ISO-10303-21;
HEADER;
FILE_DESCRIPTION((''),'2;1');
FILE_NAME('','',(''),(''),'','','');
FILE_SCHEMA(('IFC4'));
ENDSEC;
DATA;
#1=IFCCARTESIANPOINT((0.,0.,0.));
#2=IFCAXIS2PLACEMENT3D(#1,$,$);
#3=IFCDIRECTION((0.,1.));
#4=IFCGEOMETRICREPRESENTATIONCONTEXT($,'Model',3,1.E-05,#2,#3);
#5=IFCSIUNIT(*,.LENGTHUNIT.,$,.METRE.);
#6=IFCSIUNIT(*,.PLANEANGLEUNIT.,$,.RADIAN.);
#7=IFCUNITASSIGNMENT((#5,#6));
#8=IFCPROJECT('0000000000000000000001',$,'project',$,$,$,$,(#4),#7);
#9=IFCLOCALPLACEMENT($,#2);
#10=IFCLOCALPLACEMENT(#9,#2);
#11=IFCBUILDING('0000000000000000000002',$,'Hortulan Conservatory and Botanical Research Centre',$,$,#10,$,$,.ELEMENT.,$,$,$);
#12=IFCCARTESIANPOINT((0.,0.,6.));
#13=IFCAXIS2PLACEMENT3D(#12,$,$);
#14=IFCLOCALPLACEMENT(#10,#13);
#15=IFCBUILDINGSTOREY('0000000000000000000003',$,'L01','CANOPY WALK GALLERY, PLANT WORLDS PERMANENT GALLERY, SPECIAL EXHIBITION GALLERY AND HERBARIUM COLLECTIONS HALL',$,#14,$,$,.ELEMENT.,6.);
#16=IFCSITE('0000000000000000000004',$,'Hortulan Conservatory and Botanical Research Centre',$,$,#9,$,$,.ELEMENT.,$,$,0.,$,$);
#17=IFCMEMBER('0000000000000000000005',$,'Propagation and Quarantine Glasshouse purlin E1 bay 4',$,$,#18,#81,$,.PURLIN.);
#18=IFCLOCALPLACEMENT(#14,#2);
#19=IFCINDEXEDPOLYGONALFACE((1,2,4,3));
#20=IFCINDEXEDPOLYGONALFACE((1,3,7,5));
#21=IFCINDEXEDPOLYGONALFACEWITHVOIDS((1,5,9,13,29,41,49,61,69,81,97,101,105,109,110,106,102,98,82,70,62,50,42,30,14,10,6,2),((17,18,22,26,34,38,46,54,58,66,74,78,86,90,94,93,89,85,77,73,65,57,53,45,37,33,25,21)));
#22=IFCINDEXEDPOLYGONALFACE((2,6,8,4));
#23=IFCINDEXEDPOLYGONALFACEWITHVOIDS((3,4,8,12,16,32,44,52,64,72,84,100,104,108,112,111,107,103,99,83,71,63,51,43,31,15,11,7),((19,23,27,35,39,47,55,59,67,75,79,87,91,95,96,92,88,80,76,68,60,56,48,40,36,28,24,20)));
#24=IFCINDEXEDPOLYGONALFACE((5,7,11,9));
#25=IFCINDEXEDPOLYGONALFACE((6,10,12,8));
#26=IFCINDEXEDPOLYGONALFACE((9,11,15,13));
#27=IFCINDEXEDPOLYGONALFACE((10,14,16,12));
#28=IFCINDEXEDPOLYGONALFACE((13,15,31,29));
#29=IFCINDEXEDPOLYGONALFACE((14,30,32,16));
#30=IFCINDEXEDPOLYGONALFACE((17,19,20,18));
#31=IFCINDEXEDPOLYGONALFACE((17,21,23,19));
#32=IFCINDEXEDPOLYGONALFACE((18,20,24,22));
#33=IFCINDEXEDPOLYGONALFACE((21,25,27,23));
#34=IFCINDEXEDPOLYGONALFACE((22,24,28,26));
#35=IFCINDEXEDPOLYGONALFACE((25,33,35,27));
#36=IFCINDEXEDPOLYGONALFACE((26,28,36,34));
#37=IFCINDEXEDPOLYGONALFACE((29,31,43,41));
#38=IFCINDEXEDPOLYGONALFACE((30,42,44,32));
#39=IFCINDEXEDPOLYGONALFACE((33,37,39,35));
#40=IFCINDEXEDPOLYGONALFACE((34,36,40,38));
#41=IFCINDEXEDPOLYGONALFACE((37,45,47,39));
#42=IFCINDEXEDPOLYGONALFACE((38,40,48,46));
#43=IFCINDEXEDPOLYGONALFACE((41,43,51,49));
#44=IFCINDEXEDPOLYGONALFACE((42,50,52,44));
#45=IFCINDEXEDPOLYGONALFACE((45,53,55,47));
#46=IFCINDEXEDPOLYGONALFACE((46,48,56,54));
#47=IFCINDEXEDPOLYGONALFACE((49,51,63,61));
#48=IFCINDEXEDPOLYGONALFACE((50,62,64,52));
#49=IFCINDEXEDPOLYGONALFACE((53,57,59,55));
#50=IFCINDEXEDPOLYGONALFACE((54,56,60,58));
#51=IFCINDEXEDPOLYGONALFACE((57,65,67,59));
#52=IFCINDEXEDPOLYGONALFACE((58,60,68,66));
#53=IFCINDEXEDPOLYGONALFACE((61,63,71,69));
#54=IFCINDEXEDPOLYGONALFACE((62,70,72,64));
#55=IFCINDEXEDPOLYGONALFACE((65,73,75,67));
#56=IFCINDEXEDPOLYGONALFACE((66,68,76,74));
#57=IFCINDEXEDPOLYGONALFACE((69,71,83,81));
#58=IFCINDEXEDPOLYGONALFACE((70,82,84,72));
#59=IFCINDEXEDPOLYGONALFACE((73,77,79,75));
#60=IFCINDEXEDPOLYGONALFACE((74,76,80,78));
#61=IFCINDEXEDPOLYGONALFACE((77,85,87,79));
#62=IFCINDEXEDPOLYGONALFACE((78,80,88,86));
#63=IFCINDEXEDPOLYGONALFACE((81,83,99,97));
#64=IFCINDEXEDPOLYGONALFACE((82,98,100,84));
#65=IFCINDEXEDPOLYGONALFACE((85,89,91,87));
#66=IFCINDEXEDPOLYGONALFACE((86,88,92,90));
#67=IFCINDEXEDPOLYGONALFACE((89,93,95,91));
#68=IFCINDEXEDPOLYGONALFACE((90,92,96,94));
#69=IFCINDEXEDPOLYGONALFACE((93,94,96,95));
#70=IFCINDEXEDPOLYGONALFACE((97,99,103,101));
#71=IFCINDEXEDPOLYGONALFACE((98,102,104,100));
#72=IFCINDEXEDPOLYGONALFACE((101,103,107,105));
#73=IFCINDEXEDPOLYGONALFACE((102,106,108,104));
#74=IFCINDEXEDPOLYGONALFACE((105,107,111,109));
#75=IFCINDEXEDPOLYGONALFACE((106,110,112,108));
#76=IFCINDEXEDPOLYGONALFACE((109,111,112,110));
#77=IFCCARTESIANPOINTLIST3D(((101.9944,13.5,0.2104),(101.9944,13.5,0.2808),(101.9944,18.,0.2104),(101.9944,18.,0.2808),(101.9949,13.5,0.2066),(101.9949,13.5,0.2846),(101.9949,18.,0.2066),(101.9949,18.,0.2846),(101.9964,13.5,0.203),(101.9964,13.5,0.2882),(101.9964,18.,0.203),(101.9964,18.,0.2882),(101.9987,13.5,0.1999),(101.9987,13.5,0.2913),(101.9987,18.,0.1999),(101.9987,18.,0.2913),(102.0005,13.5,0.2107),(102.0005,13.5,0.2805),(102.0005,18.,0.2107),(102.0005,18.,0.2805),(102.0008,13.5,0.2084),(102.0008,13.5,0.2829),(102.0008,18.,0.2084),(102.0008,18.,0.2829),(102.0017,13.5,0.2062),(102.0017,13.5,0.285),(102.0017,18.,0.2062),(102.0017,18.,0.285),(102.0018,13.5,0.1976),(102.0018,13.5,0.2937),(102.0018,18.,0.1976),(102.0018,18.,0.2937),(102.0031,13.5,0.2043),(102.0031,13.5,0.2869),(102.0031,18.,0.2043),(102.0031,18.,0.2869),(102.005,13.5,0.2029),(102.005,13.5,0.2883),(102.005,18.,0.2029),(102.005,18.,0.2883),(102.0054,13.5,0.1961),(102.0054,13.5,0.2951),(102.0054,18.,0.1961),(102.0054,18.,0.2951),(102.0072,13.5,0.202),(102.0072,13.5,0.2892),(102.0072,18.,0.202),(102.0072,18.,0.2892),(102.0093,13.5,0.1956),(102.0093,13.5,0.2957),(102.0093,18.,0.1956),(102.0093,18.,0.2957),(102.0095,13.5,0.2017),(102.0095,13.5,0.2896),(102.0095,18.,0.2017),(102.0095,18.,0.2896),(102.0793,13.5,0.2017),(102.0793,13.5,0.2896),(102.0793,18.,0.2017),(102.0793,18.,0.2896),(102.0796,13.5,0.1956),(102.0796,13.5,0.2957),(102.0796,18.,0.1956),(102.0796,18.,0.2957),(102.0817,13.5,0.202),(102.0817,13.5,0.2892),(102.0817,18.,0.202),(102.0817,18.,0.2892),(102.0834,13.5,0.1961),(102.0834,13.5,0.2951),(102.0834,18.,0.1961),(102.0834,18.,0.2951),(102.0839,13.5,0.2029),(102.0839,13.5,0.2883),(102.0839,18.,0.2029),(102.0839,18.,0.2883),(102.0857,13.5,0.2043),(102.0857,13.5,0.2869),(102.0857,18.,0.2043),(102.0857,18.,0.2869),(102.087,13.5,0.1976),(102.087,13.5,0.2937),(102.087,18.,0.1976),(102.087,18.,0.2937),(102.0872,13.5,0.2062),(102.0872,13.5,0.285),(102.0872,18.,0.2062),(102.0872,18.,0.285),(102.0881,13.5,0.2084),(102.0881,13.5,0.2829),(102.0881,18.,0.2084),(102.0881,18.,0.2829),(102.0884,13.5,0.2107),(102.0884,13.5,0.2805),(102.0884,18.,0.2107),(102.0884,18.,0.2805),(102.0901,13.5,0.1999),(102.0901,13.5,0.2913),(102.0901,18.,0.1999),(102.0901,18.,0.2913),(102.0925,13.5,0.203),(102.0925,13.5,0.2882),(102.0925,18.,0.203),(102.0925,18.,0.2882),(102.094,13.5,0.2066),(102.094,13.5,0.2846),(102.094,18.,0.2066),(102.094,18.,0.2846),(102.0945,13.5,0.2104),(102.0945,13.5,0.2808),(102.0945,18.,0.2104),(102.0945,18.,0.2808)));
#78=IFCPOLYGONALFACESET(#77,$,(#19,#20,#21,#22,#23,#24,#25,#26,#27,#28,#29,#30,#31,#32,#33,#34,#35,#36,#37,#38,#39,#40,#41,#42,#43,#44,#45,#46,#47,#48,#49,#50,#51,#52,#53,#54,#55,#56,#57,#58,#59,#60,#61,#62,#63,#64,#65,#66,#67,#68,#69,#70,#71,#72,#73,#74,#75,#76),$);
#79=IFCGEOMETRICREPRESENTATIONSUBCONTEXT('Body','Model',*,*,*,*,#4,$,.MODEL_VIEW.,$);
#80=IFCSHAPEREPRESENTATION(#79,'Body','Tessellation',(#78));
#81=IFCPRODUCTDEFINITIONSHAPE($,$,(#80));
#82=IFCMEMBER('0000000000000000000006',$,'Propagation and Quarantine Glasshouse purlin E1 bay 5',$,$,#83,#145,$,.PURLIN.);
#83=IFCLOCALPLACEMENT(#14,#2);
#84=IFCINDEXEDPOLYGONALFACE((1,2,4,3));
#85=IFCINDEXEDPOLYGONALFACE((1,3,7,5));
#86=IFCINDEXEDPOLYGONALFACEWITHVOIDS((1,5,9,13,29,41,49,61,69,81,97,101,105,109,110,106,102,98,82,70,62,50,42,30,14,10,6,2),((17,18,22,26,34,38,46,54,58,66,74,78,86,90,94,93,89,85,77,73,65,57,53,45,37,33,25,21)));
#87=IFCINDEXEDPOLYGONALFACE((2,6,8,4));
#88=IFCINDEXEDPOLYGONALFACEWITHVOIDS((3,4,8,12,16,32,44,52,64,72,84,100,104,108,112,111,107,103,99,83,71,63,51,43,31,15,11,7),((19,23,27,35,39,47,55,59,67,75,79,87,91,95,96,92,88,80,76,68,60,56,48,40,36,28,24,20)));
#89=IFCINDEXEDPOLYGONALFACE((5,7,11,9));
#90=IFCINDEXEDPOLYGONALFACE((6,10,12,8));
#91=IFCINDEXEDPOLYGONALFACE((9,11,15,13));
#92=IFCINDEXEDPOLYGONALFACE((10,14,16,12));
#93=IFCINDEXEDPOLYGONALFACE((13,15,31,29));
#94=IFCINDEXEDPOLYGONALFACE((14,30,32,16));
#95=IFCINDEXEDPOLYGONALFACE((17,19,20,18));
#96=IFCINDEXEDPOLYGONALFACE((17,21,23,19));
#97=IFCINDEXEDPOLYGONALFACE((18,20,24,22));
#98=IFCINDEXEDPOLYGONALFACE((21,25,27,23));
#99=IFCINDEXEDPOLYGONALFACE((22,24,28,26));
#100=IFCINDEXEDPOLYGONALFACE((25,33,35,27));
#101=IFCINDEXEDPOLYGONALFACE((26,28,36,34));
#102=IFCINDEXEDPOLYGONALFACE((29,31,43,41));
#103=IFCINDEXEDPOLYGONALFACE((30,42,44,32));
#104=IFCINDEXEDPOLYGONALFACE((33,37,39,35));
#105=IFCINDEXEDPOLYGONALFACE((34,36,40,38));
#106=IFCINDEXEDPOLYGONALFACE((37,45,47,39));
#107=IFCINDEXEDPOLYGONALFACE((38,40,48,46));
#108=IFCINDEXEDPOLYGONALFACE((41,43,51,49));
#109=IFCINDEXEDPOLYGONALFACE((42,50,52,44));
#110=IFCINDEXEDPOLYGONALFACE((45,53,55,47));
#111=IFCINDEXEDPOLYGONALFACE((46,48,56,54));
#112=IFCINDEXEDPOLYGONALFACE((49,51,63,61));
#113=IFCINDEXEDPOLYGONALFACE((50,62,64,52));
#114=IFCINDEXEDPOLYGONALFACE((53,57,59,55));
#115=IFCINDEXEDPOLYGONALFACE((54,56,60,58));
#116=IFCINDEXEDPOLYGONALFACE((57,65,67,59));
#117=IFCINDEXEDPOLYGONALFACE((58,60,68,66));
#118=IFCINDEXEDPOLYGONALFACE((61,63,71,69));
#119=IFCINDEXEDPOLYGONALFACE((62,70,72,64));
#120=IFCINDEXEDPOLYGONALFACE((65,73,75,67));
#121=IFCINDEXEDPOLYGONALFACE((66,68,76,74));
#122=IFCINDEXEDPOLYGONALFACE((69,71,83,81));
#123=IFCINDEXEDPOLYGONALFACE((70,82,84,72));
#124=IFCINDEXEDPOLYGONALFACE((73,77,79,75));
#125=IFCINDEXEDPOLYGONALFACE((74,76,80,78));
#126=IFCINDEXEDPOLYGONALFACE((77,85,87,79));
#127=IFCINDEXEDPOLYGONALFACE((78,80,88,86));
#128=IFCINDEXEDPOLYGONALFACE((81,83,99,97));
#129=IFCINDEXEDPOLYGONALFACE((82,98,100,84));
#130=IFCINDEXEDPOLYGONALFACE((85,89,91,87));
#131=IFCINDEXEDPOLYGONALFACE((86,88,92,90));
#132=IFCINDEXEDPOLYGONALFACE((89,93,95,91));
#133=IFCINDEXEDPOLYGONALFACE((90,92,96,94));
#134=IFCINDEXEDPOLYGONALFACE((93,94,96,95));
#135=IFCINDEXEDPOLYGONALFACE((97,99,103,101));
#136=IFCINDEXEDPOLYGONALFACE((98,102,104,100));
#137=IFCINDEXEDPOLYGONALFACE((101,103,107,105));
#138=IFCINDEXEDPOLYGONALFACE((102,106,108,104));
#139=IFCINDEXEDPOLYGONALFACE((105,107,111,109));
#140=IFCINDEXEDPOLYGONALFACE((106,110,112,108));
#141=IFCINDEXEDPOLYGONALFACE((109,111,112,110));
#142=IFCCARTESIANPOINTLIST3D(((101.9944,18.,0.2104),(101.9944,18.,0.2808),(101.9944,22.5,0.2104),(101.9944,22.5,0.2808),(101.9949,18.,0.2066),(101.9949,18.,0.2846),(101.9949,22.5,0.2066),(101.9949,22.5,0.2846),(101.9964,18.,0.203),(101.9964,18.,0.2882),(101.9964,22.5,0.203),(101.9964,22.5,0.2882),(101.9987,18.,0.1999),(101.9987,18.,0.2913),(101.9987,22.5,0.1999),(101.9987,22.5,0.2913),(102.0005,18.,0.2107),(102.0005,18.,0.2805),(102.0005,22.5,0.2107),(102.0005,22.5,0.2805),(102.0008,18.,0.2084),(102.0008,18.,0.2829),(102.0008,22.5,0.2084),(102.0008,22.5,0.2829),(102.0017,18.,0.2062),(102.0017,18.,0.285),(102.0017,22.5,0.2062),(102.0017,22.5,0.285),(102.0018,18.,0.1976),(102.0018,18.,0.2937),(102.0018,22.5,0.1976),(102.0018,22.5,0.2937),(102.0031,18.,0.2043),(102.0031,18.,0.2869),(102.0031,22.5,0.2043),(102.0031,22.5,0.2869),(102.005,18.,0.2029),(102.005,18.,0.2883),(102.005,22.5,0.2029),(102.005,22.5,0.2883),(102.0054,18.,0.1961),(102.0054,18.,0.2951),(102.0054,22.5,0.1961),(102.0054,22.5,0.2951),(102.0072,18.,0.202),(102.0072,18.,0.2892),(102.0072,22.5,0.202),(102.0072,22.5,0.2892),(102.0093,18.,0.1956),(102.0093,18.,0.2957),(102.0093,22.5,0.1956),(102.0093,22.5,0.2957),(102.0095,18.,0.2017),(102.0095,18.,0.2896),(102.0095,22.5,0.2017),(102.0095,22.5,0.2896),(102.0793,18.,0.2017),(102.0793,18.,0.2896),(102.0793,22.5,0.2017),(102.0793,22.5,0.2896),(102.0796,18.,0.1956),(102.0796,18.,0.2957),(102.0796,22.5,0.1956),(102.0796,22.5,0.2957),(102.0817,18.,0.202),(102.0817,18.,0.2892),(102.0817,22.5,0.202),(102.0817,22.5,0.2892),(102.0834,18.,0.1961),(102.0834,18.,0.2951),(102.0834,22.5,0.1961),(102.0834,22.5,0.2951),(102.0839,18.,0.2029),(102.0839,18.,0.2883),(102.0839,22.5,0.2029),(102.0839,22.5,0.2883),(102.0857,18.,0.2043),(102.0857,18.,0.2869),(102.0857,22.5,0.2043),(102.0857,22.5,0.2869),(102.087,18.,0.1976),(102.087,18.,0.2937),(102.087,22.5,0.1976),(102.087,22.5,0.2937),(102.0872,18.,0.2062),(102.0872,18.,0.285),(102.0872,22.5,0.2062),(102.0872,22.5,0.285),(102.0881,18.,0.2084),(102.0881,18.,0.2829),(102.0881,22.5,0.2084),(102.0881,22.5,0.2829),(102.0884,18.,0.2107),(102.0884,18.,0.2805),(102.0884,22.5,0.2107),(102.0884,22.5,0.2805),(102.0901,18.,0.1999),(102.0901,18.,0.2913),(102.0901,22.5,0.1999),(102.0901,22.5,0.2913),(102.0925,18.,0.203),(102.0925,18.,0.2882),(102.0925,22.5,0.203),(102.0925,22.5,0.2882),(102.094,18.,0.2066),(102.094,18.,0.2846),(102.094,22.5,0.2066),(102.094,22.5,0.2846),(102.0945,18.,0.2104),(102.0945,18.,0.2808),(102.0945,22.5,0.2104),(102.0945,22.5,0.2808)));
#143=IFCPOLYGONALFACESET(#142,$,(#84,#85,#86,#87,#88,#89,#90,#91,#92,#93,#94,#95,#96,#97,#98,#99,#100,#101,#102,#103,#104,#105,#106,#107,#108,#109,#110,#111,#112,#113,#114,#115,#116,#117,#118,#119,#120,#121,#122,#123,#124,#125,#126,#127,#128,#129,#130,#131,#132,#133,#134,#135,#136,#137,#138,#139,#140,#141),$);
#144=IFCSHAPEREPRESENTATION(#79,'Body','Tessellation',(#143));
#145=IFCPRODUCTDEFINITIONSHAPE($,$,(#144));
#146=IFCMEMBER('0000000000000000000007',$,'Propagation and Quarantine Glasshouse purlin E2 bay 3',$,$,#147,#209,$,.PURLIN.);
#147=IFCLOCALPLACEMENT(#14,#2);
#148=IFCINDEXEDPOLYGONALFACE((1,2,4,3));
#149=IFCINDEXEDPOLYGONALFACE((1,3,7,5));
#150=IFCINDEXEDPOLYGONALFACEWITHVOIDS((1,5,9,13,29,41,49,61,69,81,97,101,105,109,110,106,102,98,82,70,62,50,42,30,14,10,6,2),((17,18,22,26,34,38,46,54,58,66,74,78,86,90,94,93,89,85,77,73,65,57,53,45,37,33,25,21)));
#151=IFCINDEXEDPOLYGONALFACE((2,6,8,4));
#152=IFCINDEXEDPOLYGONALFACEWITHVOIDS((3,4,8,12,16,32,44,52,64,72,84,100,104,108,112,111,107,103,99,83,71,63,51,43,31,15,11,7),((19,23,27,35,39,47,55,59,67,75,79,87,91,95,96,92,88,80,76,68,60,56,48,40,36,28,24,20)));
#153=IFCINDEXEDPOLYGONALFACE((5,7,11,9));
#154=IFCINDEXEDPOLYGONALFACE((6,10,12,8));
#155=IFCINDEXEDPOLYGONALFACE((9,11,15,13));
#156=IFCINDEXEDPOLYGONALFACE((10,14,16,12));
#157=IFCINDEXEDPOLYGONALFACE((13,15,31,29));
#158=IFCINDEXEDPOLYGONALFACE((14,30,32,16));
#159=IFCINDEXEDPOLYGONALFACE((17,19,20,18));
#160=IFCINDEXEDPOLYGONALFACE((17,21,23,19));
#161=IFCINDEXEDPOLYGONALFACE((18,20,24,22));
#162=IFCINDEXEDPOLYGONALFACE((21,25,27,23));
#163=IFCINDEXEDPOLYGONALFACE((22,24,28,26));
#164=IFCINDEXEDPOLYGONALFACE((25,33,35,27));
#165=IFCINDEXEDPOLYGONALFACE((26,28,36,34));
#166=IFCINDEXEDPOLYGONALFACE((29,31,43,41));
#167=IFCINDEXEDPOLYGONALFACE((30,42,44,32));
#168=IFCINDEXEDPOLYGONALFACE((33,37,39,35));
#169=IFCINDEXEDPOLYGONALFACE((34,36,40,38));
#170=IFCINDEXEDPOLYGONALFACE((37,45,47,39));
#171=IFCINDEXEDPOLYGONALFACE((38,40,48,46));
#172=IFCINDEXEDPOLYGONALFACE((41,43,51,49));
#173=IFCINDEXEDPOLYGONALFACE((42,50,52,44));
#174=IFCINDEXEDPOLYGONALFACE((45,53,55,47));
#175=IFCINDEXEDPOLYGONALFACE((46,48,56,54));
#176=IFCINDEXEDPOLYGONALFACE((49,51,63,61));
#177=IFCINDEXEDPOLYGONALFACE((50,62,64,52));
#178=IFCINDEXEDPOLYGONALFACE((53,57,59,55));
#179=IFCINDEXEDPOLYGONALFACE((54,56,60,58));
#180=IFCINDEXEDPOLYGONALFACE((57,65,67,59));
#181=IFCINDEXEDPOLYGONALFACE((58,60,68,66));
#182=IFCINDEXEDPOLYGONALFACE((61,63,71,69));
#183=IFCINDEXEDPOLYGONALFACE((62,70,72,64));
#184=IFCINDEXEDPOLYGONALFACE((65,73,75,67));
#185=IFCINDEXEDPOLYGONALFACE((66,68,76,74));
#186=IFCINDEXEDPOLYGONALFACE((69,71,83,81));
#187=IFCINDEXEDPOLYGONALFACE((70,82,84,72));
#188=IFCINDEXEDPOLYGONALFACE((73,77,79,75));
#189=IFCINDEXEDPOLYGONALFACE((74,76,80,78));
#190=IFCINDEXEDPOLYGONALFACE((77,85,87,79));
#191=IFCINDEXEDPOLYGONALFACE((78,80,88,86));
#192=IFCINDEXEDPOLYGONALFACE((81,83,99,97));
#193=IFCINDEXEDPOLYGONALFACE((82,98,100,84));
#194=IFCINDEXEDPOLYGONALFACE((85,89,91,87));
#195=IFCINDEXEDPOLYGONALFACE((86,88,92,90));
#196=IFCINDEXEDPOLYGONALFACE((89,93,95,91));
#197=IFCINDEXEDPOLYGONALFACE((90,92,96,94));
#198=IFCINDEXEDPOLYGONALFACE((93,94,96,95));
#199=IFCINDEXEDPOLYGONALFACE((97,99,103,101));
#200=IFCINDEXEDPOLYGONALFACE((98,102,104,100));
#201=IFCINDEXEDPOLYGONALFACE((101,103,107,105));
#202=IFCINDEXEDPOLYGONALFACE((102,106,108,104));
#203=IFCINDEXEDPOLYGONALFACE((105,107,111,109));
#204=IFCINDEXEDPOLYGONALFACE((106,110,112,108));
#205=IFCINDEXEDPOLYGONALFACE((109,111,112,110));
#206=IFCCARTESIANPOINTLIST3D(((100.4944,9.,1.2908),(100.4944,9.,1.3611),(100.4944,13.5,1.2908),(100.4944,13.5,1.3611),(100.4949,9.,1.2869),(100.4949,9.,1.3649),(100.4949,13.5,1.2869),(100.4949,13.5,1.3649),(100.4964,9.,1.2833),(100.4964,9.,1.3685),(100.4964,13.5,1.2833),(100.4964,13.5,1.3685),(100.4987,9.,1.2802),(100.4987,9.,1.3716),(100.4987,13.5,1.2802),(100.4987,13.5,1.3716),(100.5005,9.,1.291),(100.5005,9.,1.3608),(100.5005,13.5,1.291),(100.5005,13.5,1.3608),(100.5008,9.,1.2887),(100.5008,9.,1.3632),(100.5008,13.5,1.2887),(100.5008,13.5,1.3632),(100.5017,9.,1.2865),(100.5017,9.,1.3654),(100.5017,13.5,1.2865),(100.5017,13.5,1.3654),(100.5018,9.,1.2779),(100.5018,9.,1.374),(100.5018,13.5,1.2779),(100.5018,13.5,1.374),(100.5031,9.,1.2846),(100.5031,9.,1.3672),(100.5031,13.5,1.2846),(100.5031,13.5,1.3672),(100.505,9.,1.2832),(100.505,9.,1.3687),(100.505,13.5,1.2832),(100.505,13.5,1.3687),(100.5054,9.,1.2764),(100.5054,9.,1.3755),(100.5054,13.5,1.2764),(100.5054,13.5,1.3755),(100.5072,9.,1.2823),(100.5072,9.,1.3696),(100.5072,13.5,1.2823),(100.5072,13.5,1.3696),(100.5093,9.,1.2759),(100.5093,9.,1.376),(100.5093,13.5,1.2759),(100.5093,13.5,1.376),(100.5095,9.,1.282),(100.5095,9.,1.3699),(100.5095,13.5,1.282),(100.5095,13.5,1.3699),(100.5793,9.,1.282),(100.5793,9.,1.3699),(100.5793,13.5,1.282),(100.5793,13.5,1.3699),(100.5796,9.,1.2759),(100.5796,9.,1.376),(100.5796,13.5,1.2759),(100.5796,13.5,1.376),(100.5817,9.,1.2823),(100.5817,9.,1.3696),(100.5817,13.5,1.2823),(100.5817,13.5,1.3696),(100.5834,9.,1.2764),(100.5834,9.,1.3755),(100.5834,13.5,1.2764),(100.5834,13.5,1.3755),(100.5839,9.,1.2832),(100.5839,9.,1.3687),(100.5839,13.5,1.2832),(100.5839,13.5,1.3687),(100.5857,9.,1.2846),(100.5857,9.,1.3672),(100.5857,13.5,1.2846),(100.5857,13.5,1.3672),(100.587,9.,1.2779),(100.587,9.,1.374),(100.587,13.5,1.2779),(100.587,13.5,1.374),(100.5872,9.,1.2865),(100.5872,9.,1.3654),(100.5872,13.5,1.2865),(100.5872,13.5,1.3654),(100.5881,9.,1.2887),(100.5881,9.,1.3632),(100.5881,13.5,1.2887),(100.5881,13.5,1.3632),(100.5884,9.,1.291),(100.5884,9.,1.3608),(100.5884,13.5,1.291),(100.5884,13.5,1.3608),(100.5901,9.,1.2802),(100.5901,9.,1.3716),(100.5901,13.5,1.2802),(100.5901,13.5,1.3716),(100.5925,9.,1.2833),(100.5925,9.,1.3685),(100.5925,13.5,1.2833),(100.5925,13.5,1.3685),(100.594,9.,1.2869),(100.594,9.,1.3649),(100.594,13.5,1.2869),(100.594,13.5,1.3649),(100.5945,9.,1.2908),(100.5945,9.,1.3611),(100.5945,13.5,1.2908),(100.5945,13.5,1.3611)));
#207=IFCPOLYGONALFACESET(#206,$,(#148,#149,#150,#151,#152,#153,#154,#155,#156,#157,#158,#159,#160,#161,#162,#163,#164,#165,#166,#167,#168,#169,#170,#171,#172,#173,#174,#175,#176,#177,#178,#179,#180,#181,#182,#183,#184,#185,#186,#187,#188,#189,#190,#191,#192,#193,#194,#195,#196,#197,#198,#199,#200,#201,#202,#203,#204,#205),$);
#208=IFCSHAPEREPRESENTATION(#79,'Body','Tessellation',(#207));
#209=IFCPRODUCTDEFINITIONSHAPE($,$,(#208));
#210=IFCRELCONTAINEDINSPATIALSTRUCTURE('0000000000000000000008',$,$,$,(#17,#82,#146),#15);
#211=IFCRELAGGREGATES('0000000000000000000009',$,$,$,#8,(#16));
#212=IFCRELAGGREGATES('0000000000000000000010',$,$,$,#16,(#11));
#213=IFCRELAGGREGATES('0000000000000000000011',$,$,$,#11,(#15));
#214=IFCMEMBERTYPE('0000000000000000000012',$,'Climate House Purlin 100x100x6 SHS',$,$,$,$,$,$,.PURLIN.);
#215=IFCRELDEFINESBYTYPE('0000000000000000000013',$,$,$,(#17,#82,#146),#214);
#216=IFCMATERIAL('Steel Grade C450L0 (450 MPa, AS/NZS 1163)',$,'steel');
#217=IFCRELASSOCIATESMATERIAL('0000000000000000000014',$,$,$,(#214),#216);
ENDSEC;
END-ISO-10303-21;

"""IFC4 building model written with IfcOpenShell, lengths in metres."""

from ifc_helpers import new_model, si_unit, direction, frame, origin, origin_2d, place, context, subcontext, project, spatial, hollow_rectangle, extrude, material, material_profile, profile_set, type_object, element, save


model = new_model("IFC4")

# Units and contexts
model_context = context("Model", 3, precision=1e-05, world=origin(), true_north=direction((0.0, 1.0)))
body_context = subcontext(model_context, "Body", "Model", "MODEL_VIEW")
ifc_project = project(units=[si_unit("LENGTHUNIT", "METRE"), si_unit("PLANEANGLEUNIT", "RADIAN")], contexts=[model_context])

# Site, building, storey
site_placement = place(None, origin())
site = spatial("IfcSite", under=ifc_project, at=site_placement, Name="Hortulan Conservatory and Botanical Research Centre", CompositionType="ELEMENT", RefElevation=0.0)
building_placement = place(site_placement, origin())
building = spatial("IfcBuilding", under=site, at=building_placement, Name="Hortulan Conservatory and Botanical Research Centre", CompositionType="ELEMENT")
storey_placement = place(building_placement, frame((0.0, 0.0, 6.0)))
storey = spatial("IfcBuildingStorey", under=building, at=storey_placement, Name="L01", Description="CANOPY WALK GALLERY, PLANT WORLDS PERMANENT GALLERY, SPECIAL EXHIBITION GALLERY AND HERBARIUM COLLECTIONS HALL", CompositionType="ELEMENT", Elevation=6.0)

# Members
ifc_material_1 = material(Name="Steel Grade C450L0 (450 MPa, AS/NZS 1163)", Category="steel")
ifc_material_profile_1 = material_profile(ifc_material_1, hollow_rectangle(XDim=0.1001, YDim=0.1001, WallThickness=0.0061, InnerFilletRadius=0.009, OuterFilletRadius=0.0149, at=origin_2d()), Name="100x100x6SHS")
ifc_profile_set_1 = profile_set([ifc_material_profile_1], Name="Steel Grade C450L0 (450 MPa, AS/NZS 1163)")
member_type_1 = type_object("IfcMemberType", Name="Climate House Purlin 100x100x6 SHS", PredefinedType="PURLIN", material=ifc_profile_set_1)
for number, where, z_axis, x_axis, name in (
    (1, (102.0444, 13.5, 0.2456), (0.0, 1.0, 0.0), (-1.0, 0.0, 0.0), "Propagation and Quarantine Glasshouse purlin E1 bay 4"),
    (2, (102.0444, 18.0, 0.2456), (0.0, 1.0, 0.0), (-1.0, 0.0, 0.0), "Propagation and Quarantine Glasshouse purlin E1 bay 5"),
    (3, (100.5444, 9.0, 1.3259), (0.0, 1.0, 0.0), (-1.0, 0.0, 0.0), "Propagation and Quarantine Glasshouse purlin E2 bay 3"),
):
    element("IfcMember", number, at=place(storey_placement, frame(where, z_axis=z_axis, x_axis=x_axis)), inside=storey, type_object=member_type_1, Name=name, PredefinedType="PURLIN", context=body_context, shape_type="SweptSolid", body=[
        extrude(hollow_rectangle(XDim=0.1001, YDim=0.1001, WallThickness=0.0061, InnerFilletRadius=0.009, OuterFilletRadius=0.0149, at=origin_2d()), origin(), (0.0, 0.0, 1.0), 4.5),
    ])

save(model, "model.ifc")
